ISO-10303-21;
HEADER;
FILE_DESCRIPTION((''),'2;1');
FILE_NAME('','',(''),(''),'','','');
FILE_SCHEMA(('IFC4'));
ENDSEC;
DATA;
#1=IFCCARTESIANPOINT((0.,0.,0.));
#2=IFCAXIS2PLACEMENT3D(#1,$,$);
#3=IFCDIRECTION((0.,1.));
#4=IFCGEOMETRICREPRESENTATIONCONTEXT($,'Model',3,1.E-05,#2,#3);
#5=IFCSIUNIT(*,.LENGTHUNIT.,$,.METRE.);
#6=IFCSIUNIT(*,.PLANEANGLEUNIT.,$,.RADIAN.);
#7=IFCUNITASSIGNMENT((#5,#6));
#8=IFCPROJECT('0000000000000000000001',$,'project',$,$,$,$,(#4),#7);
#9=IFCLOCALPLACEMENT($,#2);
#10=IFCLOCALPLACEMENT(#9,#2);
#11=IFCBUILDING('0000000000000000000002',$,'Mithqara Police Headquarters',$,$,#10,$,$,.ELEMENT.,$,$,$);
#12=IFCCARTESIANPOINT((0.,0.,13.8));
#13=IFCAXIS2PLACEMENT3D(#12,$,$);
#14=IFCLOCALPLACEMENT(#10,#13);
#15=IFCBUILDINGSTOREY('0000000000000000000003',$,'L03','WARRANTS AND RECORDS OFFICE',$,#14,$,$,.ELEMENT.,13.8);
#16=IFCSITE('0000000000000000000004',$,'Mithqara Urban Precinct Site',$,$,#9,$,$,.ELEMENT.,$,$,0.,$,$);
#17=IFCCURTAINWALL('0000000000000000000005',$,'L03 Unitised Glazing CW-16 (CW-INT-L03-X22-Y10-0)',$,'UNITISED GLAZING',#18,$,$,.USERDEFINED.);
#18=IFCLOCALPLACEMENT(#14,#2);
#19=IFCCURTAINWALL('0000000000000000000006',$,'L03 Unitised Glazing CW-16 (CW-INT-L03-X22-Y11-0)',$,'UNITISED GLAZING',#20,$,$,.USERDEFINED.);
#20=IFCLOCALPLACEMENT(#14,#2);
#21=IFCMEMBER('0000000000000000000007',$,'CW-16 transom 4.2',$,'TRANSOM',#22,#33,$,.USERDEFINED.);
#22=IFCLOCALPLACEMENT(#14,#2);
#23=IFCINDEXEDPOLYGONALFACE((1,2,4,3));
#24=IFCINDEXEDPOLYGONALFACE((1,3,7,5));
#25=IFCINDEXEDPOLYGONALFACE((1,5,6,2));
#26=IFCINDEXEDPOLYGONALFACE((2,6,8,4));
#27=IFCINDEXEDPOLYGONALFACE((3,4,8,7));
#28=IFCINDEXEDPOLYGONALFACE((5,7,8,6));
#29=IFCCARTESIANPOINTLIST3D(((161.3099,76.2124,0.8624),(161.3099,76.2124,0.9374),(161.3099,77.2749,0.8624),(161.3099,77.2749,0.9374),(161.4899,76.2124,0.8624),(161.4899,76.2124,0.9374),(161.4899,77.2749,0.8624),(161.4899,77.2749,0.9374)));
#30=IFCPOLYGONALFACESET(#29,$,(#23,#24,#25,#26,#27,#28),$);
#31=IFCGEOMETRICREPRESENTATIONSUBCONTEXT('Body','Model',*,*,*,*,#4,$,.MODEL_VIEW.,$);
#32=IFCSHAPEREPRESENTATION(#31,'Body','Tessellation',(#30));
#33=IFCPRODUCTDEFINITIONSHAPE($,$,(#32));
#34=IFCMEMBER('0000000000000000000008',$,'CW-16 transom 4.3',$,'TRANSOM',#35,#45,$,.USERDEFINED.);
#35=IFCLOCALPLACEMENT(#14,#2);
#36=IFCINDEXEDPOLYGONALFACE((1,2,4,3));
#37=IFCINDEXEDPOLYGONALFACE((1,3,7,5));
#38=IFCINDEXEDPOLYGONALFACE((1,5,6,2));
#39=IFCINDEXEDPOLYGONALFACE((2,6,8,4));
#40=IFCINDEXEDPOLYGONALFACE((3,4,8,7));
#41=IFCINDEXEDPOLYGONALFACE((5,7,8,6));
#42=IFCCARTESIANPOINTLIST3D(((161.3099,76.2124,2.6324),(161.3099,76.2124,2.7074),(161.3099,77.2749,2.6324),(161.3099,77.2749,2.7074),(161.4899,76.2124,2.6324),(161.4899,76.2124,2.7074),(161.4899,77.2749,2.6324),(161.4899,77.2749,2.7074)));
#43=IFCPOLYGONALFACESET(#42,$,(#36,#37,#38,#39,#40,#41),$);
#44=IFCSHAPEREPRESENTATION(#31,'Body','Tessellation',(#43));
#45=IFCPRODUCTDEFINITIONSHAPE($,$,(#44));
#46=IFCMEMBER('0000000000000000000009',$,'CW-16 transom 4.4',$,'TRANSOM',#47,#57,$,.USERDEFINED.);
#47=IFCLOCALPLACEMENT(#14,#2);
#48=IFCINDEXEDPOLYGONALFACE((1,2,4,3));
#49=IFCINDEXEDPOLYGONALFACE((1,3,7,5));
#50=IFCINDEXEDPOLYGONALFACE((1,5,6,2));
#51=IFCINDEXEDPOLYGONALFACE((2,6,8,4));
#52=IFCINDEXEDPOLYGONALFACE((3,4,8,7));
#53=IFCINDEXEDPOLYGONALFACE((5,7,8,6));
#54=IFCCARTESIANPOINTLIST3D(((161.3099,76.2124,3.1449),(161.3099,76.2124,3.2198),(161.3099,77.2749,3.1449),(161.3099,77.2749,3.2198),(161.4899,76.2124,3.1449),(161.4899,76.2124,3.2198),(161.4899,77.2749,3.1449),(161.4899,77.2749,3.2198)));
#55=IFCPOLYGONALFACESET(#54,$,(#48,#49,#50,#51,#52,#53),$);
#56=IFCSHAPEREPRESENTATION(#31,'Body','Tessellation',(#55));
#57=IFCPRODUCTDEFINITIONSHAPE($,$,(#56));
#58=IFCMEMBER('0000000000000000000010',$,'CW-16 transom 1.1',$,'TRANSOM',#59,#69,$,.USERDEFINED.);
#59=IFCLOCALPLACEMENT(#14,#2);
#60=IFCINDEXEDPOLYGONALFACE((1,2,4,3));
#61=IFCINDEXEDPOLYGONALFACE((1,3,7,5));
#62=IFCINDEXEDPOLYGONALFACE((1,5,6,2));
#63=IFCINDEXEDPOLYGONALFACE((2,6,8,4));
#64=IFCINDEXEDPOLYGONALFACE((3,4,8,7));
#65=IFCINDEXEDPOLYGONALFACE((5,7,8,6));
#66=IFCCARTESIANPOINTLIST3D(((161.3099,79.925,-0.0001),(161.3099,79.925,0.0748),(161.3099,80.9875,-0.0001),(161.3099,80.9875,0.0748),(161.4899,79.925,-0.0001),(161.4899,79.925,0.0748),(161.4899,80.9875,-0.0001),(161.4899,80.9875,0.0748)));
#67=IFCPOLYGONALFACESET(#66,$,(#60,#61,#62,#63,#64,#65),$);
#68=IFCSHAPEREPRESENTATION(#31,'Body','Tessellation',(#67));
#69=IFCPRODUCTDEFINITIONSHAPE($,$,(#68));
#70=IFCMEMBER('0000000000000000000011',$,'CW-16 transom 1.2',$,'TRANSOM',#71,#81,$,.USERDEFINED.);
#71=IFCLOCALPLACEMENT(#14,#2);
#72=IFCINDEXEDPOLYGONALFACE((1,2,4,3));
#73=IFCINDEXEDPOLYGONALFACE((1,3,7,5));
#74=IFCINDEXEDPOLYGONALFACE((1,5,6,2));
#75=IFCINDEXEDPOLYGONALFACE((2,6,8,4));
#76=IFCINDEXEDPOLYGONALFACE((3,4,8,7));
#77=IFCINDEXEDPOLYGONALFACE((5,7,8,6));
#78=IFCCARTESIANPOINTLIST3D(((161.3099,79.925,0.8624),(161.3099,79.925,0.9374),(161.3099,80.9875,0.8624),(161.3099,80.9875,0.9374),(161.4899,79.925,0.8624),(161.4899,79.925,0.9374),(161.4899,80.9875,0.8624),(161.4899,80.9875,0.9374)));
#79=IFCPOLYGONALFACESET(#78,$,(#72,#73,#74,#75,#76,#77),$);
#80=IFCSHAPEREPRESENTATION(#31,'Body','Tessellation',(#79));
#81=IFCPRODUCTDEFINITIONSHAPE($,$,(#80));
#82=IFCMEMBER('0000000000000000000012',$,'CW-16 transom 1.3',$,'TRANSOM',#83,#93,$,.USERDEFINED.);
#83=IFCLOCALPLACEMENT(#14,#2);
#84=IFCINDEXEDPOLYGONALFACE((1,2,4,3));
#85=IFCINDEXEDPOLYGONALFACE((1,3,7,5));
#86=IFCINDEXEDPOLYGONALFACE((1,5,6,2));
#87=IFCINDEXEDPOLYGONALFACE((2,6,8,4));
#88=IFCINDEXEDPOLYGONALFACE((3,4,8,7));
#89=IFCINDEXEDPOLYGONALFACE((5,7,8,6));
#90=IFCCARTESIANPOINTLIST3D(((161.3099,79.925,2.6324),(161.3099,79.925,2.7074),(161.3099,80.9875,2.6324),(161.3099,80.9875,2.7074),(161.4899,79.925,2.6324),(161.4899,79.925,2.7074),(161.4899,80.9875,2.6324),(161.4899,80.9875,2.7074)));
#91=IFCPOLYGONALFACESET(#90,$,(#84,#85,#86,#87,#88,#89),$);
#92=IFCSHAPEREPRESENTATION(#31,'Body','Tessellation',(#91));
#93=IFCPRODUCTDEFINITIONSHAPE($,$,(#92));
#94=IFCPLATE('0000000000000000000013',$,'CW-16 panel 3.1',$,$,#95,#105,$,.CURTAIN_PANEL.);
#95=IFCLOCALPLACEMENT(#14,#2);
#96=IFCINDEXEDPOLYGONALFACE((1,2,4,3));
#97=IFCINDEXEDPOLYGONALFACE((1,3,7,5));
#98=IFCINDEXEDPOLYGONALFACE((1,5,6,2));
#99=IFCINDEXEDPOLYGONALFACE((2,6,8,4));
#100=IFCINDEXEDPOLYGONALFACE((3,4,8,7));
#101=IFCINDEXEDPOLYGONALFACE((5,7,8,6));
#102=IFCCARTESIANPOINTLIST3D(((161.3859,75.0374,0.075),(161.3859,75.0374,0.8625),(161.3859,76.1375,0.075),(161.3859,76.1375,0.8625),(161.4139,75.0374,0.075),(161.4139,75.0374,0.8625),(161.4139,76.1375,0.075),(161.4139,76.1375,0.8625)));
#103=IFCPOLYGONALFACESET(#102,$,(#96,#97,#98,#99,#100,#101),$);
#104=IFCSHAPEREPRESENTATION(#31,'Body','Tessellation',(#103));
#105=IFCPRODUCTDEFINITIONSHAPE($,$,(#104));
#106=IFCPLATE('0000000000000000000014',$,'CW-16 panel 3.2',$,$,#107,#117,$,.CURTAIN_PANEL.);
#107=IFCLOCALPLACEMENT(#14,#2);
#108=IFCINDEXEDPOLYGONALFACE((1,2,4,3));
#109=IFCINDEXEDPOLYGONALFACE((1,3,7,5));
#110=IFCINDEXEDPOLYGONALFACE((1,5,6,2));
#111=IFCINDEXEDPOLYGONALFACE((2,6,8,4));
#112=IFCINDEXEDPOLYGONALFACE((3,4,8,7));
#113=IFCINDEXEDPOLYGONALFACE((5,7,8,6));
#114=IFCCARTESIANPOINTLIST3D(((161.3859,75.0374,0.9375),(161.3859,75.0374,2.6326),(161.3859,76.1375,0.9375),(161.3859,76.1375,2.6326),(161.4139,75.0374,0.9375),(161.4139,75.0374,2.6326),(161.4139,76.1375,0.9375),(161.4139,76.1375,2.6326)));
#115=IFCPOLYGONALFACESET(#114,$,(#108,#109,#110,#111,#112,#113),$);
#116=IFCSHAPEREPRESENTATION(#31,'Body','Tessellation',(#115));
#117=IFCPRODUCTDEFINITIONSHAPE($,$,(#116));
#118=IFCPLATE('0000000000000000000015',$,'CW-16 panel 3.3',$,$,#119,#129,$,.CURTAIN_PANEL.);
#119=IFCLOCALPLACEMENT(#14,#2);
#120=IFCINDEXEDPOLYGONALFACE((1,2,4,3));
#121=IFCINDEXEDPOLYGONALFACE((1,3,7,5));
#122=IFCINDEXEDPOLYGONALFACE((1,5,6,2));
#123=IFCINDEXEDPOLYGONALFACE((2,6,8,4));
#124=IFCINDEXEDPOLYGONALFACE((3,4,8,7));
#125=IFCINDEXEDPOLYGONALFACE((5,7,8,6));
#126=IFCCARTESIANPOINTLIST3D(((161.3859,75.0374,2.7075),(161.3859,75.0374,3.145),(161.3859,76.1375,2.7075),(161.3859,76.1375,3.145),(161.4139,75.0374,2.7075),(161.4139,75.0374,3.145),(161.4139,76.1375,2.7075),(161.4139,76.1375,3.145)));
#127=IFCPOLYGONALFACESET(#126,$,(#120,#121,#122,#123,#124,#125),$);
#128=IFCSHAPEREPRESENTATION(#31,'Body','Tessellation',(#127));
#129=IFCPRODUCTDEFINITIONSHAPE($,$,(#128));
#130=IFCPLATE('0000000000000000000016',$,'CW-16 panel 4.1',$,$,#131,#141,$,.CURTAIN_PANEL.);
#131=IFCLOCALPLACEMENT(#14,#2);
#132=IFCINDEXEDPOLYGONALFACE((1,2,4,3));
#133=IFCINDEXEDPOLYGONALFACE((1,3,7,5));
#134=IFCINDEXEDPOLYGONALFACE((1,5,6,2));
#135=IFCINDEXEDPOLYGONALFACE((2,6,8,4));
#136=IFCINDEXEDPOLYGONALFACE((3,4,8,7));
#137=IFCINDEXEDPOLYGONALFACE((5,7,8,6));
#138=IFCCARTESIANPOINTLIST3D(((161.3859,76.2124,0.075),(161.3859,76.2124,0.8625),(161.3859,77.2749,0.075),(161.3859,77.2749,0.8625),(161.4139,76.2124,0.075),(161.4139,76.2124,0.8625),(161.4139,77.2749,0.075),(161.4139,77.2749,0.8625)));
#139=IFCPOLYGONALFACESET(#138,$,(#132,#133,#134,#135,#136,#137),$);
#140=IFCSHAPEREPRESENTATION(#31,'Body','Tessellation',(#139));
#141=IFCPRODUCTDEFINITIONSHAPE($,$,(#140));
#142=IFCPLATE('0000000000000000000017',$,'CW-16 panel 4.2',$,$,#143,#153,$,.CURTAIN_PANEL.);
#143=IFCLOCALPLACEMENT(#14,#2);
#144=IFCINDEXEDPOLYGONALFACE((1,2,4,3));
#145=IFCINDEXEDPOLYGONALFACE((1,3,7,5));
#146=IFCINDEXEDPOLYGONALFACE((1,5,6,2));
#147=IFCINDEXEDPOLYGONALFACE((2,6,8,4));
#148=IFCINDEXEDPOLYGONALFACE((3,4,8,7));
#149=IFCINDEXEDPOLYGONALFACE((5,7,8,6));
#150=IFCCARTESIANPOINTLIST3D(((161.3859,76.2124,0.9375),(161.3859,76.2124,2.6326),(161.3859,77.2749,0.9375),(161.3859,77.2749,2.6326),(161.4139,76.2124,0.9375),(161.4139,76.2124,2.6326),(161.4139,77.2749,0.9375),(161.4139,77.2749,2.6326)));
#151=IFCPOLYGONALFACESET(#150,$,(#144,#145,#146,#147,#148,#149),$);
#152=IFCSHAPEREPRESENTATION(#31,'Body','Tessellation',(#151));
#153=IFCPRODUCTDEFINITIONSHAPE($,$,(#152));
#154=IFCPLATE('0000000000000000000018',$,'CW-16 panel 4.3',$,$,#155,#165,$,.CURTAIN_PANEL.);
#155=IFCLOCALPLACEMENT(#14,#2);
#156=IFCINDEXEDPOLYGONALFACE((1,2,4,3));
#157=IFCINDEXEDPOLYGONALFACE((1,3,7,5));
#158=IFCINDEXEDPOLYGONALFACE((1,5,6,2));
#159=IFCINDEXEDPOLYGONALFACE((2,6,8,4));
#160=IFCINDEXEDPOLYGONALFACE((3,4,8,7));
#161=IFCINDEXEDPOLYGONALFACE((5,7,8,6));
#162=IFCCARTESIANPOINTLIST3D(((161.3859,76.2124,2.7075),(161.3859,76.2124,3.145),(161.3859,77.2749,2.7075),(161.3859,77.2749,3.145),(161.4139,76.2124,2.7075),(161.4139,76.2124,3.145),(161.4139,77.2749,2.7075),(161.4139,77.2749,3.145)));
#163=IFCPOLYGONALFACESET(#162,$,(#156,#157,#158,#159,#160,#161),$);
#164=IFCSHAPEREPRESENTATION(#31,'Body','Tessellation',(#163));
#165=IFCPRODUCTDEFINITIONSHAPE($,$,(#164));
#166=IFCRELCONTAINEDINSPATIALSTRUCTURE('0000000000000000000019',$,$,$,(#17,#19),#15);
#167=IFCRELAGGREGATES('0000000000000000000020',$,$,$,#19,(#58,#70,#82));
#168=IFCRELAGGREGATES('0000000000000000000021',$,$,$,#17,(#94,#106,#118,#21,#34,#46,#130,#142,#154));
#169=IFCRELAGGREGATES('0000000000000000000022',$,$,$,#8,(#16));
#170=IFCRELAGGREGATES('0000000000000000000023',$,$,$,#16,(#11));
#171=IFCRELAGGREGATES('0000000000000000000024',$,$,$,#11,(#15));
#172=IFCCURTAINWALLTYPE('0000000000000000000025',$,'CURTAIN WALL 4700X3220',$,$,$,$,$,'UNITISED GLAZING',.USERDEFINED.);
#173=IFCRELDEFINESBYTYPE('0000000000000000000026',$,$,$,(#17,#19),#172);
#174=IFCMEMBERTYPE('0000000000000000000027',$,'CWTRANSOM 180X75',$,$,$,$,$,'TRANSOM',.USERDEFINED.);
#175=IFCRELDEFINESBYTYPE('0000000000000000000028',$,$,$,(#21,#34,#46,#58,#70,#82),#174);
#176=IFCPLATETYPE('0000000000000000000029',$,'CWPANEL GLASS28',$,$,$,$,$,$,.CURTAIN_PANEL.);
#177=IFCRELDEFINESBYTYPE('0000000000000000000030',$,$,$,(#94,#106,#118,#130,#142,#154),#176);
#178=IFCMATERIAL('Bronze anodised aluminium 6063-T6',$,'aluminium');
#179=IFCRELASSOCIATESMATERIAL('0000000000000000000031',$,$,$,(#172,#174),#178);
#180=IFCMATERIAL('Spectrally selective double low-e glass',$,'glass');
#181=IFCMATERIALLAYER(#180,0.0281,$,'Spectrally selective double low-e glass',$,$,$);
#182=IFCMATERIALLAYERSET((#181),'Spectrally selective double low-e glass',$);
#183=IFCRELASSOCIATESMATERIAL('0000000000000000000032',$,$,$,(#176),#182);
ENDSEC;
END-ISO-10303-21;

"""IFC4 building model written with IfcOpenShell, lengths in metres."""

from ifc_helpers import new_model, si_unit, direction, frame, origin, origin_2d, place, context, subcontext, project, spatial, rectangle, extrude, material, layer, layer_set, material_profile, profile_set, type_object, element, aggregate, save


model = new_model("IFC4")

# Units and contexts
model_context = context("Model", 3, precision=1e-05, world=origin(), true_north=direction((0.0, 1.0)))
body_context = subcontext(model_context, "Body", "Model", "MODEL_VIEW")
ifc_project = project(units=[si_unit("LENGTHUNIT", "METRE"), si_unit("PLANEANGLEUNIT", "RADIAN")], contexts=[model_context])

# Site, building, storey
site_placement = place(None, origin())
site = spatial("IfcSite", under=ifc_project, at=site_placement, Name="Mithqara Urban Precinct Site", CompositionType="ELEMENT", RefElevation=0.0)
building_placement = place(site_placement, origin())
building = spatial("IfcBuilding", under=site, at=building_placement, Name="Mithqara Police Headquarters", CompositionType="ELEMENT")
storey_placement = place(building_placement, frame((0.0, 0.0, 13.8)))
storey = spatial("IfcBuildingStorey", under=building, at=storey_placement, Name="L03", Description="WARRANTS AND RECORDS OFFICE", CompositionType="ELEMENT", Elevation=13.8)

# Curtain wall
ifc_material_1 = material(Name="Bronze anodised aluminium 6063-T6", Category="aluminium")
curtain_wall_type = type_object("IfcCurtainWallType", Name="CURTAIN WALL 4700X3220", ElementType="UNITISED GLAZING", PredefinedType="USERDEFINED", material=ifc_material_1)
curtain_wall_1_placement = place(storey_placement, origin())
curtain_wall_1 = element("IfcCurtainWall", 1, at=curtain_wall_1_placement, inside=storey, type_object=curtain_wall_type, Name="L03 Unitised Glazing CW-16 (CW-INT-L03-X22-Y10-0)", ObjectType="UNITISED GLAZING", PredefinedType="USERDEFINED")

# Curtain wall
curtain_wall_2_placement = place(storey_placement, origin())
curtain_wall_2 = element("IfcCurtainWall", 2, at=curtain_wall_2_placement, inside=storey, type_object=curtain_wall_type, Name="L03 Unitised Glazing CW-16 (CW-INT-L03-X22-Y11-0)", ObjectType="UNITISED GLAZING", PredefinedType="USERDEFINED")

# Members
ifc_material_profile_1 = material_profile(ifc_material_1, rectangle(XDim=0.1799, YDim=0.075, at=origin_2d()), Name="CWT 180x75")
ifc_profile_set_1 = profile_set([ifc_material_profile_1], Name="Bronze anodised aluminium 6063-T6")
member_type_1 = type_object("IfcMemberType", Name="CWTRANSOM 180X75", ElementType="TRANSOM", PredefinedType="USERDEFINED", material=ifc_profile_set_1)
member_1_placement = place(storey_placement, frame((161.3999, 76.2124, 0.8999), z_axis=(0.0, 1.0, 0.0), x_axis=(-1.0, 0.0, 0.0)))
member_1 = element("IfcMember", 3, at=member_1_placement, type_object=member_type_1, Name="CW-16 transom 4.2", ObjectType="TRANSOM", PredefinedType="USERDEFINED", context=body_context, shape_type="SweptSolid", body=[
    extrude(rectangle(XDim=0.1799, YDim=0.075, at=origin_2d()), origin(), (0.0, 0.0, 1.0), 1.0625),
])
member_2_placement = place(storey_placement, frame((161.3999, 76.2124, 2.6699), z_axis=(0.0, 1.0, 0.0), x_axis=(-1.0, 0.0, 0.0)))
member_2 = element("IfcMember", 4, at=member_2_placement, type_object=member_type_1, Name="CW-16 transom 4.3", ObjectType="TRANSOM", PredefinedType="USERDEFINED", context=body_context, shape_type="SweptSolid", body=[
    extrude(rectangle(XDim=0.1799, YDim=0.075, at=origin_2d()), origin(), (0.0, 0.0, 1.0), 1.0625),
])
member_3_placement = place(storey_placement, frame((161.3999, 76.2124, 3.1824), z_axis=(0.0, 1.0, 0.0), x_axis=(-1.0, 0.0, 0.0)))
member_3 = element("IfcMember", 5, at=member_3_placement, type_object=member_type_1, Name="CW-16 transom 4.4", ObjectType="TRANSOM", PredefinedType="USERDEFINED", context=body_context, shape_type="SweptSolid", body=[
    extrude(rectangle(XDim=0.1799, YDim=0.075, at=origin_2d()), origin(), (0.0, 0.0, 1.0), 1.0625),
])
member_4_placement = place(storey_placement, frame((161.3999, 79.925, 0.0374), z_axis=(0.0, 1.0, 0.0), x_axis=(-1.0, 0.0, 0.0)))
member_4 = element("IfcMember", 6, at=member_4_placement, type_object=member_type_1, Name="CW-16 transom 1.1", ObjectType="TRANSOM", PredefinedType="USERDEFINED", context=body_context, shape_type="SweptSolid", body=[
    extrude(rectangle(XDim=0.1799, YDim=0.075, at=origin_2d()), origin(), (0.0, 0.0, 1.0), 1.0625),
])
member_5_placement = place(storey_placement, frame((161.3999, 79.925, 0.8999), z_axis=(0.0, 1.0, 0.0), x_axis=(-1.0, 0.0, 0.0)))
member_5 = element("IfcMember", 7, at=member_5_placement, type_object=member_type_1, Name="CW-16 transom 1.2", ObjectType="TRANSOM", PredefinedType="USERDEFINED", context=body_context, shape_type="SweptSolid", body=[
    extrude(rectangle(XDim=0.1799, YDim=0.075, at=origin_2d()), origin(), (0.0, 0.0, 1.0), 1.0625),
])
member_6_placement = place(storey_placement, frame((161.3999, 79.925, 2.6699), z_axis=(0.0, 1.0, 0.0), x_axis=(-1.0, 0.0, 0.0)))
member_6 = element("IfcMember", 8, at=member_6_placement, type_object=member_type_1, Name="CW-16 transom 1.3", ObjectType="TRANSOM", PredefinedType="USERDEFINED", context=body_context, shape_type="SweptSolid", body=[
    extrude(rectangle(XDim=0.1799, YDim=0.075, at=origin_2d()), origin(), (0.0, 0.0, 1.0), 1.0625),
])
aggregate(curtain_wall_2, [member_4, member_5, member_6])

# Plates
ifc_material_2 = material(Name="Spectrally selective double low-e glass", Category="glass")
ifc_layer_1 = layer(ifc_material_2, 0.0281, Name="Spectrally selective double low-e glass")
ifc_layer_set_1 = layer_set([ifc_layer_1], Name="Spectrally selective double low-e glass")
plate_type = type_object("IfcPlateType", Name="CWPANEL GLASS28", PredefinedType="CURTAIN_PANEL", material=ifc_layer_set_1)
plate_1_placement = place(storey_placement, frame((161.3999, 75.5874, 0.075), z_axis=(0.0, 0.0, 1.0), x_axis=(0.0, 1.0, 0.0)))
plate_1 = element("IfcPlate", 9, at=plate_1_placement, type_object=plate_type, Name="CW-16 panel 3.1", PredefinedType="CURTAIN_PANEL", context=body_context, shape_type="SweptSolid", body=[
    extrude(rectangle(XDim=1.1001, YDim=0.0281, at=origin_2d()), origin(), (0.0, 0.0, 1.0), 0.7876),
])
plate_2_placement = place(storey_placement, frame((161.3999, 75.5874, 0.9375), z_axis=(0.0, 0.0, 1.0), x_axis=(0.0, 1.0, 0.0)))
plate_2 = element("IfcPlate", 10, at=plate_2_placement, type_object=plate_type, Name="CW-16 panel 3.2", PredefinedType="CURTAIN_PANEL", context=body_context, shape_type="SweptSolid", body=[
    extrude(rectangle(XDim=1.1001, YDim=0.0281, at=origin_2d()), origin(), (0.0, 0.0, 1.0), 1.6951),
])
plate_3_placement = place(storey_placement, frame((161.3999, 75.5874, 2.7075), z_axis=(0.0, 0.0, 1.0), x_axis=(0.0, 1.0, 0.0)))
plate_3 = element("IfcPlate", 11, at=plate_3_placement, type_object=plate_type, Name="CW-16 panel 3.3", PredefinedType="CURTAIN_PANEL", context=body_context, shape_type="SweptSolid", body=[
    extrude(rectangle(XDim=1.1001, YDim=0.0281, at=origin_2d()), origin(), (0.0, 0.0, 1.0), 0.4375),
])
plate_4_placement = place(storey_placement, frame((161.3999, 76.7437, 0.075), z_axis=(0.0, 0.0, 1.0), x_axis=(0.0, 1.0, 0.0)))
plate_4 = element("IfcPlate", 12, at=plate_4_placement, type_object=plate_type, Name="CW-16 panel 4.1", PredefinedType="CURTAIN_PANEL", context=body_context, shape_type="SweptSolid", body=[
    extrude(rectangle(XDim=1.0625, YDim=0.0281, at=origin_2d()), origin(), (0.0, 0.0, 1.0), 0.7876),
])
plate_5_placement = place(storey_placement, frame((161.3999, 76.7437, 0.9375), z_axis=(0.0, 0.0, 1.0), x_axis=(0.0, 1.0, 0.0)))
plate_5 = element("IfcPlate", 13, at=plate_5_placement, type_object=plate_type, Name="CW-16 panel 4.2", PredefinedType="CURTAIN_PANEL", context=body_context, shape_type="SweptSolid", body=[
    extrude(rectangle(XDim=1.0625, YDim=0.0281, at=origin_2d()), origin(), (0.0, 0.0, 1.0), 1.6951),
])
plate_6_placement = place(storey_placement, frame((161.3999, 76.7437, 2.7075), z_axis=(0.0, 0.0, 1.0), x_axis=(0.0, 1.0, 0.0)))
plate_6 = element("IfcPlate", 14, at=plate_6_placement, type_object=plate_type, Name="CW-16 panel 4.3", PredefinedType="CURTAIN_PANEL", context=body_context, shape_type="SweptSolid", body=[
    extrude(rectangle(XDim=1.0625, YDim=0.0281, at=origin_2d()), origin(), (0.0, 0.0, 1.0), 0.4375),
])
aggregate(curtain_wall_1, [plate_1, plate_2, plate_3, member_1, member_2, member_3, plate_4, plate_5, plate_6])

save(model, "model.ifc")
